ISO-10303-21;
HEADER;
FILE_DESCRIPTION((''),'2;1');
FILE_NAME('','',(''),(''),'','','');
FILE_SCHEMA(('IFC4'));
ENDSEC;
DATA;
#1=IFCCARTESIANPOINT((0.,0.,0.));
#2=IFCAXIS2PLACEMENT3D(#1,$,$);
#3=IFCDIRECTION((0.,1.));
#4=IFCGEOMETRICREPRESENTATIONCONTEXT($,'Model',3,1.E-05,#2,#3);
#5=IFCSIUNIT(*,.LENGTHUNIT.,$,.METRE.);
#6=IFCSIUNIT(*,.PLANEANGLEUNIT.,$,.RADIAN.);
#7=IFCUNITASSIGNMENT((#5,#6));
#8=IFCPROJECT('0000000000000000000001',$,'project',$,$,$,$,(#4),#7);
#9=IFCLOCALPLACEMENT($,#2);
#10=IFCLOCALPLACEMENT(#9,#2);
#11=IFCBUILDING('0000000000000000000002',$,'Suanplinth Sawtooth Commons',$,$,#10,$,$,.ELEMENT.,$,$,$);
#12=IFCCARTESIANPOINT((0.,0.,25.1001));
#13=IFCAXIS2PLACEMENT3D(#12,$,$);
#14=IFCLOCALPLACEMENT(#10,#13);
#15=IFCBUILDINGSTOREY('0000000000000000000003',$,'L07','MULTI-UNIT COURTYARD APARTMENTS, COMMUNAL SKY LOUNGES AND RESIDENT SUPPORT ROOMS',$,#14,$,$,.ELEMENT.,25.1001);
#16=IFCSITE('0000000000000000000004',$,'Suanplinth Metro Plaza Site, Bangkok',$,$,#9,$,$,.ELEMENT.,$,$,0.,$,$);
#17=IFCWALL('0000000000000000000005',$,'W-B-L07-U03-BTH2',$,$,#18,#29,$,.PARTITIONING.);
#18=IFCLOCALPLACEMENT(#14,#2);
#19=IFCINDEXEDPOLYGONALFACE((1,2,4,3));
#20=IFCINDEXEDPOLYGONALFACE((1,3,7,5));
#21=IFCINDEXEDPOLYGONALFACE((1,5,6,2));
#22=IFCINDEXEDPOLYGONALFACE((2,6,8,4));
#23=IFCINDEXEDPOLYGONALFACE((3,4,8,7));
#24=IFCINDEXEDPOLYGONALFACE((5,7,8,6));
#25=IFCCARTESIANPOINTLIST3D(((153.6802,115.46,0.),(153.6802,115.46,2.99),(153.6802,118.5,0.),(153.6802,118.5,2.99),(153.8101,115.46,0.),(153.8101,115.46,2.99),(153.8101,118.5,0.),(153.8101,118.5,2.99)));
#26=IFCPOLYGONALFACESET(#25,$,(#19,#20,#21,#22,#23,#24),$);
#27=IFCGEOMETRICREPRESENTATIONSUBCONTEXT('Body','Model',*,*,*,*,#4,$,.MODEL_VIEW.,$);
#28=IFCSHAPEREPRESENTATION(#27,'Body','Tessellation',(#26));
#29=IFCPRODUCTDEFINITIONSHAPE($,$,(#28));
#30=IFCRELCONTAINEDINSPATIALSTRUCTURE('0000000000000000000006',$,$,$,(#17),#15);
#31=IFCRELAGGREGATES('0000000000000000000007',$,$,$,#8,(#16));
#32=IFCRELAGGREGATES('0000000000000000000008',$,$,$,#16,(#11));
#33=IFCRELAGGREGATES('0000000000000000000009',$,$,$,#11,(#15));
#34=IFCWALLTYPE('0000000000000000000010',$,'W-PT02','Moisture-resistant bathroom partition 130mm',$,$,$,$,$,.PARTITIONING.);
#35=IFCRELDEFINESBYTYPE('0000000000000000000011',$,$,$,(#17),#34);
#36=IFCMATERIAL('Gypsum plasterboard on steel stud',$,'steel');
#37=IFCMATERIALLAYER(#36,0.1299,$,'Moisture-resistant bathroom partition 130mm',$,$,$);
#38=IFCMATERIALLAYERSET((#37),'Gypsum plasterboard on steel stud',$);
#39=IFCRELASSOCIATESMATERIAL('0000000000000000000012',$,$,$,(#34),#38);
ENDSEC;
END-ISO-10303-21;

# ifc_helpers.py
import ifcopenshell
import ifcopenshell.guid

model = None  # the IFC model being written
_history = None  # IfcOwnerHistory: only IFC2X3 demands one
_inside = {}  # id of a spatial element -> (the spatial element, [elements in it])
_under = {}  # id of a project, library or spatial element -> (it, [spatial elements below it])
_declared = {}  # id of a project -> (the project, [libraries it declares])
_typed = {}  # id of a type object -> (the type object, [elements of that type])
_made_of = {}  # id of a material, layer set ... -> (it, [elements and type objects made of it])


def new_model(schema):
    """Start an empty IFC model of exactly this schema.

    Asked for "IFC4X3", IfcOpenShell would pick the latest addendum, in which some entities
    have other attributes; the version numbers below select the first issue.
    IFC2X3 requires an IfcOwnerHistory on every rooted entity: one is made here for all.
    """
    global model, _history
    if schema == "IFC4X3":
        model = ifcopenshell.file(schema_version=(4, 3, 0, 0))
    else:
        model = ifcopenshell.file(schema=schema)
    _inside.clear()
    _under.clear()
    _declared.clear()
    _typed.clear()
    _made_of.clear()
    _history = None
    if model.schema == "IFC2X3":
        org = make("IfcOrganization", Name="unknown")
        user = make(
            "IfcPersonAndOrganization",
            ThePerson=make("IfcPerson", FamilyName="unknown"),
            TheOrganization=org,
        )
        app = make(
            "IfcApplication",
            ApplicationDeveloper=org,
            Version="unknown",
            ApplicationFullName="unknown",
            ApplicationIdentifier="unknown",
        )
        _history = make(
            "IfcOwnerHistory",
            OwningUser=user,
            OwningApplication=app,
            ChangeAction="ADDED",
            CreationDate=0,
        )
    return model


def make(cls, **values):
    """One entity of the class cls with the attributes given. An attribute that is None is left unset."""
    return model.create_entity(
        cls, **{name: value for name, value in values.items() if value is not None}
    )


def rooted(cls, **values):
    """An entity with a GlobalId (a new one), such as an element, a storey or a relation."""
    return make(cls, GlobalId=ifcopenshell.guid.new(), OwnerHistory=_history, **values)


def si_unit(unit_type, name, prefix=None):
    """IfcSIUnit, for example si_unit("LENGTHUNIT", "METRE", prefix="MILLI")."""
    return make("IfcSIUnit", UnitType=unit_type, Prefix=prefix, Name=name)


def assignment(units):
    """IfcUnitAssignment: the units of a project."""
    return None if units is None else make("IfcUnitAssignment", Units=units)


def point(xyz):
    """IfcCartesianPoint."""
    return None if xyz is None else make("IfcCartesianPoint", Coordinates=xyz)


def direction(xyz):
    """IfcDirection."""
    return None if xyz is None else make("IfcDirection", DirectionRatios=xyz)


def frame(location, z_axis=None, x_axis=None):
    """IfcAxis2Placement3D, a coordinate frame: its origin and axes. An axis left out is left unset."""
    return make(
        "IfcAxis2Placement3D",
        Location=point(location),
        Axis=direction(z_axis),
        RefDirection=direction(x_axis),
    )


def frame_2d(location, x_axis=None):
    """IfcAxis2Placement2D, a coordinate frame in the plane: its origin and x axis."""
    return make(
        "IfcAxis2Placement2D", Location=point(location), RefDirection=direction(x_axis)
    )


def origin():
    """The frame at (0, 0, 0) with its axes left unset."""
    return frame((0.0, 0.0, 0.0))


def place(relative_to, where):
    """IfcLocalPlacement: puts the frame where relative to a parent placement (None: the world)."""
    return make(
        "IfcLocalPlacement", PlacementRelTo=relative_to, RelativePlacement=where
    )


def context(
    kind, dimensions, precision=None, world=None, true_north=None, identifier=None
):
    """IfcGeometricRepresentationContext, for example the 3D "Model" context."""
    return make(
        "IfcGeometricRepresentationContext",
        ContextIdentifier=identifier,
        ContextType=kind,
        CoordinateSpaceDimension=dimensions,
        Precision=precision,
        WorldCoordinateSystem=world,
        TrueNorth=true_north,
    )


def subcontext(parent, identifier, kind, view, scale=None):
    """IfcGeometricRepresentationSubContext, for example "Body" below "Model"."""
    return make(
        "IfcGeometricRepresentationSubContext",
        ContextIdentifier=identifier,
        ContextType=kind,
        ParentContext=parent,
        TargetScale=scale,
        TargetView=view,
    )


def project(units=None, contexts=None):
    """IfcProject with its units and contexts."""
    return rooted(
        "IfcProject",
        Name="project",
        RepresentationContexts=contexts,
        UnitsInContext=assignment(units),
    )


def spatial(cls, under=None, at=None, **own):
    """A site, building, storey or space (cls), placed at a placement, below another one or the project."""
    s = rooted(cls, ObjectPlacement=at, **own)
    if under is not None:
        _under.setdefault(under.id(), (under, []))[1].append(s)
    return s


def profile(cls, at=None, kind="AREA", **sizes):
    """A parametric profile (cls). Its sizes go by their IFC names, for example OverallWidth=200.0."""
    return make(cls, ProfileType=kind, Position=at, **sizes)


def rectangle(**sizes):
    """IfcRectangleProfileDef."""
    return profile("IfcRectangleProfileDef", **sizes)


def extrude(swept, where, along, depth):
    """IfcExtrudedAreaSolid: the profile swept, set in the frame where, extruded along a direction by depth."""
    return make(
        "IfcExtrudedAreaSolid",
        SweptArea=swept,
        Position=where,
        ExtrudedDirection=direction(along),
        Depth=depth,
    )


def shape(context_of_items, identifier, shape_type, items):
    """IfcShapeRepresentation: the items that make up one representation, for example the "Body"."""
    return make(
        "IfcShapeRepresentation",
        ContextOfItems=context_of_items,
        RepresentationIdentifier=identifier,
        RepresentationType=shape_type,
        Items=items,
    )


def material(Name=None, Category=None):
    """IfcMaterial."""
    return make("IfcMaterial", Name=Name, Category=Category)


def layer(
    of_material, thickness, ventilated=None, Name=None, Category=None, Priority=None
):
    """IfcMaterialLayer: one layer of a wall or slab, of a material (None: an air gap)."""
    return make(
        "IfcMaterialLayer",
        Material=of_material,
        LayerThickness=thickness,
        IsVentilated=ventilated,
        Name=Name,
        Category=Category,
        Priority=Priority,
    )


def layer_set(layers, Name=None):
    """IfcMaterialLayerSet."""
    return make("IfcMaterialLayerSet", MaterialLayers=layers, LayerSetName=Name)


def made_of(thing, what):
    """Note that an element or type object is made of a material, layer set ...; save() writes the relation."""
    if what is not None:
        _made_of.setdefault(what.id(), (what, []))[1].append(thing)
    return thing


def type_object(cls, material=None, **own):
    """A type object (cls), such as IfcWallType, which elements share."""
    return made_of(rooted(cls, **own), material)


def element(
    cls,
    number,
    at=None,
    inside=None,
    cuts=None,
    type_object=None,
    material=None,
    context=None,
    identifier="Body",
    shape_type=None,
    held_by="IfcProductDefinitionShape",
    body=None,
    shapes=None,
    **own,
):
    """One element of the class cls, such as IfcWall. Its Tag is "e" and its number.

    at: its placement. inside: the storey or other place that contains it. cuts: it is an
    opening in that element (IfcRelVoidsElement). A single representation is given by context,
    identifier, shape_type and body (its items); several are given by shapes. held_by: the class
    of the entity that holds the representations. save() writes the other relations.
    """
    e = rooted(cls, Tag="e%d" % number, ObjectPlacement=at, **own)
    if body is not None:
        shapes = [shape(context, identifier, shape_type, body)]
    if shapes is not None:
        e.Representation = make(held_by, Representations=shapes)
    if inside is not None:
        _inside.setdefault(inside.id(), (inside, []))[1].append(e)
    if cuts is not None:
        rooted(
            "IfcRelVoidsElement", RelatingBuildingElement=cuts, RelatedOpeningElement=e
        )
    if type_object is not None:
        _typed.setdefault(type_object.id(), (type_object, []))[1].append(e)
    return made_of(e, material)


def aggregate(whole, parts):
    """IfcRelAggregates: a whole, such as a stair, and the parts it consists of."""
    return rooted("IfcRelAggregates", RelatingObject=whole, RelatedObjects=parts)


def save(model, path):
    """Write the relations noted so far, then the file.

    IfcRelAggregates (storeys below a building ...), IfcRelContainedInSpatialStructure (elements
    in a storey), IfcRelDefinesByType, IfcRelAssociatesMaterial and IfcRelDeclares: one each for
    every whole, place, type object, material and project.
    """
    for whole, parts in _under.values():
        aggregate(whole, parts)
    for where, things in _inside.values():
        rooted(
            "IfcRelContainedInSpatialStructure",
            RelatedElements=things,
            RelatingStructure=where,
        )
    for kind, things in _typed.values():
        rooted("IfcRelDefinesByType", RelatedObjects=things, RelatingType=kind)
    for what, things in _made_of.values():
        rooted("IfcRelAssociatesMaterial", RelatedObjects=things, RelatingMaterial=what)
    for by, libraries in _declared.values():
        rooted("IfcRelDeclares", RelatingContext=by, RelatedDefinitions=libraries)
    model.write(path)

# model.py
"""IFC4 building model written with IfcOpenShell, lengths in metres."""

from ifc_helpers import new_model, si_unit, direction, frame, frame_2d, origin, place, context, subcontext, project, spatial, rectangle, extrude, material, layer, layer_set, type_object, element, save


model = new_model("IFC4")

# Units and contexts
model_context = context("Model", 3, precision=1e-05, world=origin(), true_north=direction((0.0, 1.0)))
body_context = subcontext(model_context, "Body", "Model", "MODEL_VIEW")
ifc_project = project(units=[si_unit("LENGTHUNIT", "METRE"), si_unit("PLANEANGLEUNIT", "RADIAN")], contexts=[model_context])

# Site, building, storey
site_placement = place(None, origin())
site = spatial("IfcSite", under=ifc_project, at=site_placement, Name="Suanplinth Metro Plaza Site, Bangkok", CompositionType="ELEMENT", RefElevation=0.0)
building_placement = place(site_placement, origin())
building = spatial("IfcBuilding", under=site, at=building_placement, Name="Suanplinth Sawtooth Commons", CompositionType="ELEMENT")
storey_placement = place(building_placement, frame((0.0, 0.0, 25.1001)))
storey = spatial("IfcBuildingStorey", under=building, at=storey_placement, Name="L07", Description="MULTI-UNIT COURTYARD APARTMENTS, COMMUNAL SKY LOUNGES AND RESIDENT SUPPORT ROOMS", CompositionType="ELEMENT", Elevation=25.1001)

# Shared definitions
ifc_material_1 = material(Name="Gypsum plasterboard on steel stud", Category="steel")

# Shared definitions
ifc_layer_1 = layer(ifc_material_1, 0.1299, Name="Moisture-resistant bathroom partition 130mm")
ifc_layer_set_1 = layer_set([ifc_layer_1], Name="Gypsum plasterboard on steel stud")
wall_type_1 = type_object("IfcWallType", Name="W-PT02", Description="Moisture-resistant bathroom partition 130mm", PredefinedType="PARTITIONING", material=ifc_layer_set_1)

# Wall
wall_1_placement = place(storey_placement, frame((153.7451, 115.46, 0.0), z_axis=(0.0, 0.0, 1.0), x_axis=(0.0, 1.0, 0.0)))
element("IfcWall", 1, at=wall_1_placement, inside=storey, type_object=wall_type_1, Name="W-B-L07-U03-BTH2", PredefinedType="PARTITIONING", context=body_context, shape_type="SweptSolid", body=[
    extrude(rectangle(XDim=3.04, YDim=0.1299, at=frame_2d((1.52, 0.0))), origin(), (0.0, 0.0, 1.0), 2.99),
])

save(model, "model.ifc")
